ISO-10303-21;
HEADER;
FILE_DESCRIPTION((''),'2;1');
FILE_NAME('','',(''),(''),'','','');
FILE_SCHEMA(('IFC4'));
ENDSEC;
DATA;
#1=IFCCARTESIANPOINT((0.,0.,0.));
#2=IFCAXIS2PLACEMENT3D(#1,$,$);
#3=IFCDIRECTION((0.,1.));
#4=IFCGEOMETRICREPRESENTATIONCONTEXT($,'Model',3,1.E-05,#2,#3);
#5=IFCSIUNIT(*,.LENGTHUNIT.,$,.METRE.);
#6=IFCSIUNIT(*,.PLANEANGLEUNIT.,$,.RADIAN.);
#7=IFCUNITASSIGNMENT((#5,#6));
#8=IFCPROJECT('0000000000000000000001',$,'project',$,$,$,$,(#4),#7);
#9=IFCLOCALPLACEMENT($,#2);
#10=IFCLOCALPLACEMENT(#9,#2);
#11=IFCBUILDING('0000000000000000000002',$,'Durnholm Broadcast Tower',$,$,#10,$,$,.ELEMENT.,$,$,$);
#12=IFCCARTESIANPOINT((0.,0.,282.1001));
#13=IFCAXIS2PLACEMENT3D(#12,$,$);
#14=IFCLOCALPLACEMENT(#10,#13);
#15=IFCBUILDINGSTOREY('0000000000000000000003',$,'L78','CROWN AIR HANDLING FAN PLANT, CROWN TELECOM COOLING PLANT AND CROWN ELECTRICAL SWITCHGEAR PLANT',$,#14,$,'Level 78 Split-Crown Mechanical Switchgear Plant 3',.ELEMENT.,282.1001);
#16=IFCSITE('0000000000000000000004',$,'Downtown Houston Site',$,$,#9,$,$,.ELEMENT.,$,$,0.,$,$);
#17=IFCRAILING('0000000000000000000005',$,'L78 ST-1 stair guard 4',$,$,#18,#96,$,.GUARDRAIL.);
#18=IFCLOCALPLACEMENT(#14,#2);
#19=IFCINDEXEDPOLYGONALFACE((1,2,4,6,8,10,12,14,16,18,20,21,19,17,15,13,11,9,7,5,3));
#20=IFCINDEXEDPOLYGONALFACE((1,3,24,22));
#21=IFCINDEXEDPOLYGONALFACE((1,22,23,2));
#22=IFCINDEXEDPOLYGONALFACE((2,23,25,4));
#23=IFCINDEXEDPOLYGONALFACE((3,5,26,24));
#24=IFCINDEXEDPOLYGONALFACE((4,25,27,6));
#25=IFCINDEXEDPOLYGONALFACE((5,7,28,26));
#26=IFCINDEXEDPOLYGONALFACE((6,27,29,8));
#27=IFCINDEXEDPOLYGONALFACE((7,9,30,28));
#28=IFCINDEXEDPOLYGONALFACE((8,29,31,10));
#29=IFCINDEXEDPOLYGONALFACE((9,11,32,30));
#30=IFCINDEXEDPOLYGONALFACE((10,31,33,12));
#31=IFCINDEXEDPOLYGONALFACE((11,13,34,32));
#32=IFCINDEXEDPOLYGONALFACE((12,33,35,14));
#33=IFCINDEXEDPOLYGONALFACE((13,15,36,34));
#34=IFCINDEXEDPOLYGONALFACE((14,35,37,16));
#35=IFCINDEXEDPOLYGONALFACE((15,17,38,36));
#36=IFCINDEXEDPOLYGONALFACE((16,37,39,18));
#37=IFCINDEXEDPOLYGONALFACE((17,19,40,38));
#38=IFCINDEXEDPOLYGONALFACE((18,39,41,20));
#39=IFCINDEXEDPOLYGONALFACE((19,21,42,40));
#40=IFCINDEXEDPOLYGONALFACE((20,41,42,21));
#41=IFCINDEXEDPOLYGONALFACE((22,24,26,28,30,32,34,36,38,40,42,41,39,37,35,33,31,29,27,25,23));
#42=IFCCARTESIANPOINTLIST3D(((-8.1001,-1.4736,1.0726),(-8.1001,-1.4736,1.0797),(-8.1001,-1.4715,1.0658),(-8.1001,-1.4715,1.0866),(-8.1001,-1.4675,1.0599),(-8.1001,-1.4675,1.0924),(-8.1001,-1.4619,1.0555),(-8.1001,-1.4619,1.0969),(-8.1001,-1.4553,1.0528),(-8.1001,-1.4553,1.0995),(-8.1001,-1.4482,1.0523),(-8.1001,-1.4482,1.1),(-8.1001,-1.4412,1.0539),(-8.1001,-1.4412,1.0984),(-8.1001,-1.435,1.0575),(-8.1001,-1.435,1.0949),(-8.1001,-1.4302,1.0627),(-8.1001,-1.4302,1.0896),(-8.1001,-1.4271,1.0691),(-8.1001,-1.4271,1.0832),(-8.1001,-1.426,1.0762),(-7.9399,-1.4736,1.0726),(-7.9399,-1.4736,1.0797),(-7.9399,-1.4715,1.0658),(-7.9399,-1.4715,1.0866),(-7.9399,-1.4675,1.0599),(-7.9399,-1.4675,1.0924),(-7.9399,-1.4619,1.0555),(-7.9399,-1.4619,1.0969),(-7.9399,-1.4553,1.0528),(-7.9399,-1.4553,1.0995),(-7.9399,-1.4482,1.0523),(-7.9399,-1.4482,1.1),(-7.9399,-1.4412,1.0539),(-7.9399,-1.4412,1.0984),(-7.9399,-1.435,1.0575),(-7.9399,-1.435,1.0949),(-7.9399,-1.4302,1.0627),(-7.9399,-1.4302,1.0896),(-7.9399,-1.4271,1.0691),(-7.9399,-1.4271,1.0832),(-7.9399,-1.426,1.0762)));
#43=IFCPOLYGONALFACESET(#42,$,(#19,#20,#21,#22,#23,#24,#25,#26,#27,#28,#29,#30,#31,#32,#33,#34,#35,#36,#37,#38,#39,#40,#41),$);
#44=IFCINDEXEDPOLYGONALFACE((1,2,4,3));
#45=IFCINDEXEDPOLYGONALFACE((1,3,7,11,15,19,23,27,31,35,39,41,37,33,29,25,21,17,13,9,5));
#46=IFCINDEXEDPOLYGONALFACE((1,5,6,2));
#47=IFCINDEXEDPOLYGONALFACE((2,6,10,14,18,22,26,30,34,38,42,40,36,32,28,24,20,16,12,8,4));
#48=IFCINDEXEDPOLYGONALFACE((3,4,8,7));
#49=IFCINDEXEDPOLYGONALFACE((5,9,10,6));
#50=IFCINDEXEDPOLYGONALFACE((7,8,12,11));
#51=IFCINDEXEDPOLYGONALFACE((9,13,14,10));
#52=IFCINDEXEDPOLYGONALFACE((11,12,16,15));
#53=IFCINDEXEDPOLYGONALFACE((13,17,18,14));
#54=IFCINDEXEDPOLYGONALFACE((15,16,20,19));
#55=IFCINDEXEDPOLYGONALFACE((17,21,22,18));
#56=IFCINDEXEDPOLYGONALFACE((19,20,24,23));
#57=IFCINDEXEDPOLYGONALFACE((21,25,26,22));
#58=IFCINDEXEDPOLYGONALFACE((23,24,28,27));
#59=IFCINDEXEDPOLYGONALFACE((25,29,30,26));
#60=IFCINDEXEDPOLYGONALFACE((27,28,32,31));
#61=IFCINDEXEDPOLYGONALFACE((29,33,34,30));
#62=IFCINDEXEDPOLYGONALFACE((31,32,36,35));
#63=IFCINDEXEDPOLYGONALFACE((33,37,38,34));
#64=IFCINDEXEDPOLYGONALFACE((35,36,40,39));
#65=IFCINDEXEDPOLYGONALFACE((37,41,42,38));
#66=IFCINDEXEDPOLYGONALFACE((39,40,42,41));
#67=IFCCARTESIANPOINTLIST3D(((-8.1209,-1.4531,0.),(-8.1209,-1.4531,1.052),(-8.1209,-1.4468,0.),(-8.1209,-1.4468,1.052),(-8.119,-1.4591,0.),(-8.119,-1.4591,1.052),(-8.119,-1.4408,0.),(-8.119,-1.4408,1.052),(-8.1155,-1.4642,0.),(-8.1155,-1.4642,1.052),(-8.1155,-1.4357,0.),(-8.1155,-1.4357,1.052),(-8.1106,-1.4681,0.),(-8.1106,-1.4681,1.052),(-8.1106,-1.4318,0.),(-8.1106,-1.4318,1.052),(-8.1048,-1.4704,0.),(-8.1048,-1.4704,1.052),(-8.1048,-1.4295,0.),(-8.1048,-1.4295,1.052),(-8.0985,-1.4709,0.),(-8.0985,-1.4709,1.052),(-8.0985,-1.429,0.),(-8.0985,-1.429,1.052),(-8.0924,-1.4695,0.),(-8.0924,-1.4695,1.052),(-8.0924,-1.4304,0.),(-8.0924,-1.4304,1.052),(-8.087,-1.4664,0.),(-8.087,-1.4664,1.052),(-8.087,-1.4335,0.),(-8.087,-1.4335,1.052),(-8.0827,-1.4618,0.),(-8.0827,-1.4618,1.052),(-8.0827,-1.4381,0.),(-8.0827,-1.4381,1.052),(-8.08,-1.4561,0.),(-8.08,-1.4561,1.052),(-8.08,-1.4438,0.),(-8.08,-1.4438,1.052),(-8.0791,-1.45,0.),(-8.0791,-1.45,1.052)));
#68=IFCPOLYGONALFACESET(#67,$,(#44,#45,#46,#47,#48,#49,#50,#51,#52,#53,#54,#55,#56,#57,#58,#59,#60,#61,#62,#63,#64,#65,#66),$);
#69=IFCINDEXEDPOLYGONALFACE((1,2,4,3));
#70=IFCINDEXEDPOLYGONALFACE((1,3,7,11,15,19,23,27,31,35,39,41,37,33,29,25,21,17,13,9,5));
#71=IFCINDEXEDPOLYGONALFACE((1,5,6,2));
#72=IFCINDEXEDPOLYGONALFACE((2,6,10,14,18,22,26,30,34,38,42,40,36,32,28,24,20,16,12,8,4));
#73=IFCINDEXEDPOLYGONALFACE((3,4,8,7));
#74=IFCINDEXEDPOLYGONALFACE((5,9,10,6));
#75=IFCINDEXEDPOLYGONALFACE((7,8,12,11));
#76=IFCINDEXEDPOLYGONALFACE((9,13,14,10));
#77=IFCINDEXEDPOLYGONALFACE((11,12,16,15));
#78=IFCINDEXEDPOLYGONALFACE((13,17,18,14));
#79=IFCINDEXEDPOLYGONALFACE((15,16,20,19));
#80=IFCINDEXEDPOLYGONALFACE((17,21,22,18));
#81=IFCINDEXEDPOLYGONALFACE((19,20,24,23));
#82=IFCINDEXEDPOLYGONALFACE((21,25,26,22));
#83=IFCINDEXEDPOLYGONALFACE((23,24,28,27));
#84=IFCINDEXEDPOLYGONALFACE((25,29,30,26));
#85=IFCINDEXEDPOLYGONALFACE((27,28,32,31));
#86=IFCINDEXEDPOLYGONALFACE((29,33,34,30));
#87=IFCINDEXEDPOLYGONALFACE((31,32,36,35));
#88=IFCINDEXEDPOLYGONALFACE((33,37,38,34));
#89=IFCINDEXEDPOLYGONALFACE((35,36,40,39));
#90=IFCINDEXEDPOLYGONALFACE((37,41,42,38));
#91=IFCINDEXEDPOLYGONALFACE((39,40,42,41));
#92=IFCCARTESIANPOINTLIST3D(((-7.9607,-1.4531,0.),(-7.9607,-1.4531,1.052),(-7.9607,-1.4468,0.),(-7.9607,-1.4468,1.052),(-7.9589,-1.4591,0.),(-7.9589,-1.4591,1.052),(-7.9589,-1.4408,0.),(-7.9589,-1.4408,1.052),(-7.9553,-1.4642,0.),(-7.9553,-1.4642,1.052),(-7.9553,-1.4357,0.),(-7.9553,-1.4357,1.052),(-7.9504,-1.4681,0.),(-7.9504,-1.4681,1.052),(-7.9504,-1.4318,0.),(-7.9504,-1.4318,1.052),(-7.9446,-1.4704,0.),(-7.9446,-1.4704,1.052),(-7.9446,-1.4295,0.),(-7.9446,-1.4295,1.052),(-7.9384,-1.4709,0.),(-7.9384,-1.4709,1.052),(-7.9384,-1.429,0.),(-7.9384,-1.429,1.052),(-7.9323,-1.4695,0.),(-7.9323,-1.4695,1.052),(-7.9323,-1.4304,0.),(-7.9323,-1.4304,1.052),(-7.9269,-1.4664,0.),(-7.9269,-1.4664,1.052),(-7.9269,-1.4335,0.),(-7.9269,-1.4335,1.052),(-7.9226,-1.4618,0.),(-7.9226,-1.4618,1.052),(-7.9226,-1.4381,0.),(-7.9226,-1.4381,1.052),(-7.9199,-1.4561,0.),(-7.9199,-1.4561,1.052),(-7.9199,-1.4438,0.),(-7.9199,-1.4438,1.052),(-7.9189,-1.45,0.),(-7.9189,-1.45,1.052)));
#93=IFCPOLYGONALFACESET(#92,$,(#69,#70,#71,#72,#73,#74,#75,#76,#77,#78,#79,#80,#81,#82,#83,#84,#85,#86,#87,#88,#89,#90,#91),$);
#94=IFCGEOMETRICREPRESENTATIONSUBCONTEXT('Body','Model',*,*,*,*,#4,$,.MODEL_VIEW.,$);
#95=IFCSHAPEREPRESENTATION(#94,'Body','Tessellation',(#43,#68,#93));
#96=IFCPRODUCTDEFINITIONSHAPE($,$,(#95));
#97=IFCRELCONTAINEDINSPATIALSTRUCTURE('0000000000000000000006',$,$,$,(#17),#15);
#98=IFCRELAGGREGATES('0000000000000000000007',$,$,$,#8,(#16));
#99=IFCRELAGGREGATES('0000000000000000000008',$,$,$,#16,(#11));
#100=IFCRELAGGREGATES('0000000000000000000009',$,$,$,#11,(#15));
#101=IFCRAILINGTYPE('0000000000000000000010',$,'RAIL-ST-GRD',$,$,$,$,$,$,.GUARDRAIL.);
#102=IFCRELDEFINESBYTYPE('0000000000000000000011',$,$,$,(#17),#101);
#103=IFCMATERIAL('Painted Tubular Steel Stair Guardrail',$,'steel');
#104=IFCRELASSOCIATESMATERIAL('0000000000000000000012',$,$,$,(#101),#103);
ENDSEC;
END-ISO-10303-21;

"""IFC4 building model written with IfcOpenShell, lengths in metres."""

from ifc_helpers import new_model, si_unit, direction, frame, origin, origin_2d, place, context, subcontext, project, spatial, circle, extrude, material, type_object, element, save


model = new_model("IFC4")

# Units and contexts
model_context = context("Model", 3, precision=1e-05, world=origin(), true_north=direction((0.0, 1.0)))
body_context = subcontext(model_context, "Body", "Model", "MODEL_VIEW")
ifc_project = project(units=[si_unit("LENGTHUNIT", "METRE"), si_unit("PLANEANGLEUNIT", "RADIAN")], contexts=[model_context])

# Site, building, storey
site_placement = place(None, origin())
site = spatial("IfcSite", under=ifc_project, at=site_placement, Name="Downtown Houston Site", CompositionType="ELEMENT", RefElevation=0.0)
building_placement = place(site_placement, origin())
building = spatial("IfcBuilding", under=site, at=building_placement, Name="Durnholm Broadcast Tower", CompositionType="ELEMENT")
storey_placement = place(building_placement, frame((0.0, 0.0, 282.1001)))
storey = spatial("IfcBuildingStorey", under=building, at=storey_placement, Name="L78", Description="CROWN AIR HANDLING FAN PLANT, CROWN TELECOM COOLING PLANT AND CROWN ELECTRICAL SWITCHGEAR PLANT", LongName="Level 78 Split-Crown Mechanical Switchgear Plant 3", CompositionType="ELEMENT", Elevation=282.1001)

# Railing
ifc_material_1 = material(Name="Painted Tubular Steel Stair Guardrail", Category="steel")
railing_type_1 = type_object("IfcRailingType", Name="RAIL-ST-GRD", PredefinedType="GUARDRAIL", material=ifc_material_1)
railing_1_placement = place(storey_placement, frame((-8.1001, -1.45, 0.0)))
element("IfcRailing", 1, at=railing_1_placement, inside=storey, type_object=railing_type_1, Name="L78 ST-1 stair guard 4", PredefinedType="GUARDRAIL", context=body_context, shape_type="SweptSolid", body=[
    extrude(circle(Radius=0.0239, at=origin_2d()), frame((0.0, 0.0, 1.0762), z_axis=(1.0, 0.0, 0.0), x_axis=(0.0, 1.0, 0.0)), (0.0, 0.0, 1.0), 0.1602),
    extrude(circle(Radius=0.021, at=origin_2d()), origin(), (0.0, 0.0, 1.0), 1.052),
    extrude(circle(Radius=0.021, at=origin_2d()), frame((0.1602, 0.0, 0.0)), (0.0, 0.0, 1.0), 1.052),
])

save(model, "model.ifc")
